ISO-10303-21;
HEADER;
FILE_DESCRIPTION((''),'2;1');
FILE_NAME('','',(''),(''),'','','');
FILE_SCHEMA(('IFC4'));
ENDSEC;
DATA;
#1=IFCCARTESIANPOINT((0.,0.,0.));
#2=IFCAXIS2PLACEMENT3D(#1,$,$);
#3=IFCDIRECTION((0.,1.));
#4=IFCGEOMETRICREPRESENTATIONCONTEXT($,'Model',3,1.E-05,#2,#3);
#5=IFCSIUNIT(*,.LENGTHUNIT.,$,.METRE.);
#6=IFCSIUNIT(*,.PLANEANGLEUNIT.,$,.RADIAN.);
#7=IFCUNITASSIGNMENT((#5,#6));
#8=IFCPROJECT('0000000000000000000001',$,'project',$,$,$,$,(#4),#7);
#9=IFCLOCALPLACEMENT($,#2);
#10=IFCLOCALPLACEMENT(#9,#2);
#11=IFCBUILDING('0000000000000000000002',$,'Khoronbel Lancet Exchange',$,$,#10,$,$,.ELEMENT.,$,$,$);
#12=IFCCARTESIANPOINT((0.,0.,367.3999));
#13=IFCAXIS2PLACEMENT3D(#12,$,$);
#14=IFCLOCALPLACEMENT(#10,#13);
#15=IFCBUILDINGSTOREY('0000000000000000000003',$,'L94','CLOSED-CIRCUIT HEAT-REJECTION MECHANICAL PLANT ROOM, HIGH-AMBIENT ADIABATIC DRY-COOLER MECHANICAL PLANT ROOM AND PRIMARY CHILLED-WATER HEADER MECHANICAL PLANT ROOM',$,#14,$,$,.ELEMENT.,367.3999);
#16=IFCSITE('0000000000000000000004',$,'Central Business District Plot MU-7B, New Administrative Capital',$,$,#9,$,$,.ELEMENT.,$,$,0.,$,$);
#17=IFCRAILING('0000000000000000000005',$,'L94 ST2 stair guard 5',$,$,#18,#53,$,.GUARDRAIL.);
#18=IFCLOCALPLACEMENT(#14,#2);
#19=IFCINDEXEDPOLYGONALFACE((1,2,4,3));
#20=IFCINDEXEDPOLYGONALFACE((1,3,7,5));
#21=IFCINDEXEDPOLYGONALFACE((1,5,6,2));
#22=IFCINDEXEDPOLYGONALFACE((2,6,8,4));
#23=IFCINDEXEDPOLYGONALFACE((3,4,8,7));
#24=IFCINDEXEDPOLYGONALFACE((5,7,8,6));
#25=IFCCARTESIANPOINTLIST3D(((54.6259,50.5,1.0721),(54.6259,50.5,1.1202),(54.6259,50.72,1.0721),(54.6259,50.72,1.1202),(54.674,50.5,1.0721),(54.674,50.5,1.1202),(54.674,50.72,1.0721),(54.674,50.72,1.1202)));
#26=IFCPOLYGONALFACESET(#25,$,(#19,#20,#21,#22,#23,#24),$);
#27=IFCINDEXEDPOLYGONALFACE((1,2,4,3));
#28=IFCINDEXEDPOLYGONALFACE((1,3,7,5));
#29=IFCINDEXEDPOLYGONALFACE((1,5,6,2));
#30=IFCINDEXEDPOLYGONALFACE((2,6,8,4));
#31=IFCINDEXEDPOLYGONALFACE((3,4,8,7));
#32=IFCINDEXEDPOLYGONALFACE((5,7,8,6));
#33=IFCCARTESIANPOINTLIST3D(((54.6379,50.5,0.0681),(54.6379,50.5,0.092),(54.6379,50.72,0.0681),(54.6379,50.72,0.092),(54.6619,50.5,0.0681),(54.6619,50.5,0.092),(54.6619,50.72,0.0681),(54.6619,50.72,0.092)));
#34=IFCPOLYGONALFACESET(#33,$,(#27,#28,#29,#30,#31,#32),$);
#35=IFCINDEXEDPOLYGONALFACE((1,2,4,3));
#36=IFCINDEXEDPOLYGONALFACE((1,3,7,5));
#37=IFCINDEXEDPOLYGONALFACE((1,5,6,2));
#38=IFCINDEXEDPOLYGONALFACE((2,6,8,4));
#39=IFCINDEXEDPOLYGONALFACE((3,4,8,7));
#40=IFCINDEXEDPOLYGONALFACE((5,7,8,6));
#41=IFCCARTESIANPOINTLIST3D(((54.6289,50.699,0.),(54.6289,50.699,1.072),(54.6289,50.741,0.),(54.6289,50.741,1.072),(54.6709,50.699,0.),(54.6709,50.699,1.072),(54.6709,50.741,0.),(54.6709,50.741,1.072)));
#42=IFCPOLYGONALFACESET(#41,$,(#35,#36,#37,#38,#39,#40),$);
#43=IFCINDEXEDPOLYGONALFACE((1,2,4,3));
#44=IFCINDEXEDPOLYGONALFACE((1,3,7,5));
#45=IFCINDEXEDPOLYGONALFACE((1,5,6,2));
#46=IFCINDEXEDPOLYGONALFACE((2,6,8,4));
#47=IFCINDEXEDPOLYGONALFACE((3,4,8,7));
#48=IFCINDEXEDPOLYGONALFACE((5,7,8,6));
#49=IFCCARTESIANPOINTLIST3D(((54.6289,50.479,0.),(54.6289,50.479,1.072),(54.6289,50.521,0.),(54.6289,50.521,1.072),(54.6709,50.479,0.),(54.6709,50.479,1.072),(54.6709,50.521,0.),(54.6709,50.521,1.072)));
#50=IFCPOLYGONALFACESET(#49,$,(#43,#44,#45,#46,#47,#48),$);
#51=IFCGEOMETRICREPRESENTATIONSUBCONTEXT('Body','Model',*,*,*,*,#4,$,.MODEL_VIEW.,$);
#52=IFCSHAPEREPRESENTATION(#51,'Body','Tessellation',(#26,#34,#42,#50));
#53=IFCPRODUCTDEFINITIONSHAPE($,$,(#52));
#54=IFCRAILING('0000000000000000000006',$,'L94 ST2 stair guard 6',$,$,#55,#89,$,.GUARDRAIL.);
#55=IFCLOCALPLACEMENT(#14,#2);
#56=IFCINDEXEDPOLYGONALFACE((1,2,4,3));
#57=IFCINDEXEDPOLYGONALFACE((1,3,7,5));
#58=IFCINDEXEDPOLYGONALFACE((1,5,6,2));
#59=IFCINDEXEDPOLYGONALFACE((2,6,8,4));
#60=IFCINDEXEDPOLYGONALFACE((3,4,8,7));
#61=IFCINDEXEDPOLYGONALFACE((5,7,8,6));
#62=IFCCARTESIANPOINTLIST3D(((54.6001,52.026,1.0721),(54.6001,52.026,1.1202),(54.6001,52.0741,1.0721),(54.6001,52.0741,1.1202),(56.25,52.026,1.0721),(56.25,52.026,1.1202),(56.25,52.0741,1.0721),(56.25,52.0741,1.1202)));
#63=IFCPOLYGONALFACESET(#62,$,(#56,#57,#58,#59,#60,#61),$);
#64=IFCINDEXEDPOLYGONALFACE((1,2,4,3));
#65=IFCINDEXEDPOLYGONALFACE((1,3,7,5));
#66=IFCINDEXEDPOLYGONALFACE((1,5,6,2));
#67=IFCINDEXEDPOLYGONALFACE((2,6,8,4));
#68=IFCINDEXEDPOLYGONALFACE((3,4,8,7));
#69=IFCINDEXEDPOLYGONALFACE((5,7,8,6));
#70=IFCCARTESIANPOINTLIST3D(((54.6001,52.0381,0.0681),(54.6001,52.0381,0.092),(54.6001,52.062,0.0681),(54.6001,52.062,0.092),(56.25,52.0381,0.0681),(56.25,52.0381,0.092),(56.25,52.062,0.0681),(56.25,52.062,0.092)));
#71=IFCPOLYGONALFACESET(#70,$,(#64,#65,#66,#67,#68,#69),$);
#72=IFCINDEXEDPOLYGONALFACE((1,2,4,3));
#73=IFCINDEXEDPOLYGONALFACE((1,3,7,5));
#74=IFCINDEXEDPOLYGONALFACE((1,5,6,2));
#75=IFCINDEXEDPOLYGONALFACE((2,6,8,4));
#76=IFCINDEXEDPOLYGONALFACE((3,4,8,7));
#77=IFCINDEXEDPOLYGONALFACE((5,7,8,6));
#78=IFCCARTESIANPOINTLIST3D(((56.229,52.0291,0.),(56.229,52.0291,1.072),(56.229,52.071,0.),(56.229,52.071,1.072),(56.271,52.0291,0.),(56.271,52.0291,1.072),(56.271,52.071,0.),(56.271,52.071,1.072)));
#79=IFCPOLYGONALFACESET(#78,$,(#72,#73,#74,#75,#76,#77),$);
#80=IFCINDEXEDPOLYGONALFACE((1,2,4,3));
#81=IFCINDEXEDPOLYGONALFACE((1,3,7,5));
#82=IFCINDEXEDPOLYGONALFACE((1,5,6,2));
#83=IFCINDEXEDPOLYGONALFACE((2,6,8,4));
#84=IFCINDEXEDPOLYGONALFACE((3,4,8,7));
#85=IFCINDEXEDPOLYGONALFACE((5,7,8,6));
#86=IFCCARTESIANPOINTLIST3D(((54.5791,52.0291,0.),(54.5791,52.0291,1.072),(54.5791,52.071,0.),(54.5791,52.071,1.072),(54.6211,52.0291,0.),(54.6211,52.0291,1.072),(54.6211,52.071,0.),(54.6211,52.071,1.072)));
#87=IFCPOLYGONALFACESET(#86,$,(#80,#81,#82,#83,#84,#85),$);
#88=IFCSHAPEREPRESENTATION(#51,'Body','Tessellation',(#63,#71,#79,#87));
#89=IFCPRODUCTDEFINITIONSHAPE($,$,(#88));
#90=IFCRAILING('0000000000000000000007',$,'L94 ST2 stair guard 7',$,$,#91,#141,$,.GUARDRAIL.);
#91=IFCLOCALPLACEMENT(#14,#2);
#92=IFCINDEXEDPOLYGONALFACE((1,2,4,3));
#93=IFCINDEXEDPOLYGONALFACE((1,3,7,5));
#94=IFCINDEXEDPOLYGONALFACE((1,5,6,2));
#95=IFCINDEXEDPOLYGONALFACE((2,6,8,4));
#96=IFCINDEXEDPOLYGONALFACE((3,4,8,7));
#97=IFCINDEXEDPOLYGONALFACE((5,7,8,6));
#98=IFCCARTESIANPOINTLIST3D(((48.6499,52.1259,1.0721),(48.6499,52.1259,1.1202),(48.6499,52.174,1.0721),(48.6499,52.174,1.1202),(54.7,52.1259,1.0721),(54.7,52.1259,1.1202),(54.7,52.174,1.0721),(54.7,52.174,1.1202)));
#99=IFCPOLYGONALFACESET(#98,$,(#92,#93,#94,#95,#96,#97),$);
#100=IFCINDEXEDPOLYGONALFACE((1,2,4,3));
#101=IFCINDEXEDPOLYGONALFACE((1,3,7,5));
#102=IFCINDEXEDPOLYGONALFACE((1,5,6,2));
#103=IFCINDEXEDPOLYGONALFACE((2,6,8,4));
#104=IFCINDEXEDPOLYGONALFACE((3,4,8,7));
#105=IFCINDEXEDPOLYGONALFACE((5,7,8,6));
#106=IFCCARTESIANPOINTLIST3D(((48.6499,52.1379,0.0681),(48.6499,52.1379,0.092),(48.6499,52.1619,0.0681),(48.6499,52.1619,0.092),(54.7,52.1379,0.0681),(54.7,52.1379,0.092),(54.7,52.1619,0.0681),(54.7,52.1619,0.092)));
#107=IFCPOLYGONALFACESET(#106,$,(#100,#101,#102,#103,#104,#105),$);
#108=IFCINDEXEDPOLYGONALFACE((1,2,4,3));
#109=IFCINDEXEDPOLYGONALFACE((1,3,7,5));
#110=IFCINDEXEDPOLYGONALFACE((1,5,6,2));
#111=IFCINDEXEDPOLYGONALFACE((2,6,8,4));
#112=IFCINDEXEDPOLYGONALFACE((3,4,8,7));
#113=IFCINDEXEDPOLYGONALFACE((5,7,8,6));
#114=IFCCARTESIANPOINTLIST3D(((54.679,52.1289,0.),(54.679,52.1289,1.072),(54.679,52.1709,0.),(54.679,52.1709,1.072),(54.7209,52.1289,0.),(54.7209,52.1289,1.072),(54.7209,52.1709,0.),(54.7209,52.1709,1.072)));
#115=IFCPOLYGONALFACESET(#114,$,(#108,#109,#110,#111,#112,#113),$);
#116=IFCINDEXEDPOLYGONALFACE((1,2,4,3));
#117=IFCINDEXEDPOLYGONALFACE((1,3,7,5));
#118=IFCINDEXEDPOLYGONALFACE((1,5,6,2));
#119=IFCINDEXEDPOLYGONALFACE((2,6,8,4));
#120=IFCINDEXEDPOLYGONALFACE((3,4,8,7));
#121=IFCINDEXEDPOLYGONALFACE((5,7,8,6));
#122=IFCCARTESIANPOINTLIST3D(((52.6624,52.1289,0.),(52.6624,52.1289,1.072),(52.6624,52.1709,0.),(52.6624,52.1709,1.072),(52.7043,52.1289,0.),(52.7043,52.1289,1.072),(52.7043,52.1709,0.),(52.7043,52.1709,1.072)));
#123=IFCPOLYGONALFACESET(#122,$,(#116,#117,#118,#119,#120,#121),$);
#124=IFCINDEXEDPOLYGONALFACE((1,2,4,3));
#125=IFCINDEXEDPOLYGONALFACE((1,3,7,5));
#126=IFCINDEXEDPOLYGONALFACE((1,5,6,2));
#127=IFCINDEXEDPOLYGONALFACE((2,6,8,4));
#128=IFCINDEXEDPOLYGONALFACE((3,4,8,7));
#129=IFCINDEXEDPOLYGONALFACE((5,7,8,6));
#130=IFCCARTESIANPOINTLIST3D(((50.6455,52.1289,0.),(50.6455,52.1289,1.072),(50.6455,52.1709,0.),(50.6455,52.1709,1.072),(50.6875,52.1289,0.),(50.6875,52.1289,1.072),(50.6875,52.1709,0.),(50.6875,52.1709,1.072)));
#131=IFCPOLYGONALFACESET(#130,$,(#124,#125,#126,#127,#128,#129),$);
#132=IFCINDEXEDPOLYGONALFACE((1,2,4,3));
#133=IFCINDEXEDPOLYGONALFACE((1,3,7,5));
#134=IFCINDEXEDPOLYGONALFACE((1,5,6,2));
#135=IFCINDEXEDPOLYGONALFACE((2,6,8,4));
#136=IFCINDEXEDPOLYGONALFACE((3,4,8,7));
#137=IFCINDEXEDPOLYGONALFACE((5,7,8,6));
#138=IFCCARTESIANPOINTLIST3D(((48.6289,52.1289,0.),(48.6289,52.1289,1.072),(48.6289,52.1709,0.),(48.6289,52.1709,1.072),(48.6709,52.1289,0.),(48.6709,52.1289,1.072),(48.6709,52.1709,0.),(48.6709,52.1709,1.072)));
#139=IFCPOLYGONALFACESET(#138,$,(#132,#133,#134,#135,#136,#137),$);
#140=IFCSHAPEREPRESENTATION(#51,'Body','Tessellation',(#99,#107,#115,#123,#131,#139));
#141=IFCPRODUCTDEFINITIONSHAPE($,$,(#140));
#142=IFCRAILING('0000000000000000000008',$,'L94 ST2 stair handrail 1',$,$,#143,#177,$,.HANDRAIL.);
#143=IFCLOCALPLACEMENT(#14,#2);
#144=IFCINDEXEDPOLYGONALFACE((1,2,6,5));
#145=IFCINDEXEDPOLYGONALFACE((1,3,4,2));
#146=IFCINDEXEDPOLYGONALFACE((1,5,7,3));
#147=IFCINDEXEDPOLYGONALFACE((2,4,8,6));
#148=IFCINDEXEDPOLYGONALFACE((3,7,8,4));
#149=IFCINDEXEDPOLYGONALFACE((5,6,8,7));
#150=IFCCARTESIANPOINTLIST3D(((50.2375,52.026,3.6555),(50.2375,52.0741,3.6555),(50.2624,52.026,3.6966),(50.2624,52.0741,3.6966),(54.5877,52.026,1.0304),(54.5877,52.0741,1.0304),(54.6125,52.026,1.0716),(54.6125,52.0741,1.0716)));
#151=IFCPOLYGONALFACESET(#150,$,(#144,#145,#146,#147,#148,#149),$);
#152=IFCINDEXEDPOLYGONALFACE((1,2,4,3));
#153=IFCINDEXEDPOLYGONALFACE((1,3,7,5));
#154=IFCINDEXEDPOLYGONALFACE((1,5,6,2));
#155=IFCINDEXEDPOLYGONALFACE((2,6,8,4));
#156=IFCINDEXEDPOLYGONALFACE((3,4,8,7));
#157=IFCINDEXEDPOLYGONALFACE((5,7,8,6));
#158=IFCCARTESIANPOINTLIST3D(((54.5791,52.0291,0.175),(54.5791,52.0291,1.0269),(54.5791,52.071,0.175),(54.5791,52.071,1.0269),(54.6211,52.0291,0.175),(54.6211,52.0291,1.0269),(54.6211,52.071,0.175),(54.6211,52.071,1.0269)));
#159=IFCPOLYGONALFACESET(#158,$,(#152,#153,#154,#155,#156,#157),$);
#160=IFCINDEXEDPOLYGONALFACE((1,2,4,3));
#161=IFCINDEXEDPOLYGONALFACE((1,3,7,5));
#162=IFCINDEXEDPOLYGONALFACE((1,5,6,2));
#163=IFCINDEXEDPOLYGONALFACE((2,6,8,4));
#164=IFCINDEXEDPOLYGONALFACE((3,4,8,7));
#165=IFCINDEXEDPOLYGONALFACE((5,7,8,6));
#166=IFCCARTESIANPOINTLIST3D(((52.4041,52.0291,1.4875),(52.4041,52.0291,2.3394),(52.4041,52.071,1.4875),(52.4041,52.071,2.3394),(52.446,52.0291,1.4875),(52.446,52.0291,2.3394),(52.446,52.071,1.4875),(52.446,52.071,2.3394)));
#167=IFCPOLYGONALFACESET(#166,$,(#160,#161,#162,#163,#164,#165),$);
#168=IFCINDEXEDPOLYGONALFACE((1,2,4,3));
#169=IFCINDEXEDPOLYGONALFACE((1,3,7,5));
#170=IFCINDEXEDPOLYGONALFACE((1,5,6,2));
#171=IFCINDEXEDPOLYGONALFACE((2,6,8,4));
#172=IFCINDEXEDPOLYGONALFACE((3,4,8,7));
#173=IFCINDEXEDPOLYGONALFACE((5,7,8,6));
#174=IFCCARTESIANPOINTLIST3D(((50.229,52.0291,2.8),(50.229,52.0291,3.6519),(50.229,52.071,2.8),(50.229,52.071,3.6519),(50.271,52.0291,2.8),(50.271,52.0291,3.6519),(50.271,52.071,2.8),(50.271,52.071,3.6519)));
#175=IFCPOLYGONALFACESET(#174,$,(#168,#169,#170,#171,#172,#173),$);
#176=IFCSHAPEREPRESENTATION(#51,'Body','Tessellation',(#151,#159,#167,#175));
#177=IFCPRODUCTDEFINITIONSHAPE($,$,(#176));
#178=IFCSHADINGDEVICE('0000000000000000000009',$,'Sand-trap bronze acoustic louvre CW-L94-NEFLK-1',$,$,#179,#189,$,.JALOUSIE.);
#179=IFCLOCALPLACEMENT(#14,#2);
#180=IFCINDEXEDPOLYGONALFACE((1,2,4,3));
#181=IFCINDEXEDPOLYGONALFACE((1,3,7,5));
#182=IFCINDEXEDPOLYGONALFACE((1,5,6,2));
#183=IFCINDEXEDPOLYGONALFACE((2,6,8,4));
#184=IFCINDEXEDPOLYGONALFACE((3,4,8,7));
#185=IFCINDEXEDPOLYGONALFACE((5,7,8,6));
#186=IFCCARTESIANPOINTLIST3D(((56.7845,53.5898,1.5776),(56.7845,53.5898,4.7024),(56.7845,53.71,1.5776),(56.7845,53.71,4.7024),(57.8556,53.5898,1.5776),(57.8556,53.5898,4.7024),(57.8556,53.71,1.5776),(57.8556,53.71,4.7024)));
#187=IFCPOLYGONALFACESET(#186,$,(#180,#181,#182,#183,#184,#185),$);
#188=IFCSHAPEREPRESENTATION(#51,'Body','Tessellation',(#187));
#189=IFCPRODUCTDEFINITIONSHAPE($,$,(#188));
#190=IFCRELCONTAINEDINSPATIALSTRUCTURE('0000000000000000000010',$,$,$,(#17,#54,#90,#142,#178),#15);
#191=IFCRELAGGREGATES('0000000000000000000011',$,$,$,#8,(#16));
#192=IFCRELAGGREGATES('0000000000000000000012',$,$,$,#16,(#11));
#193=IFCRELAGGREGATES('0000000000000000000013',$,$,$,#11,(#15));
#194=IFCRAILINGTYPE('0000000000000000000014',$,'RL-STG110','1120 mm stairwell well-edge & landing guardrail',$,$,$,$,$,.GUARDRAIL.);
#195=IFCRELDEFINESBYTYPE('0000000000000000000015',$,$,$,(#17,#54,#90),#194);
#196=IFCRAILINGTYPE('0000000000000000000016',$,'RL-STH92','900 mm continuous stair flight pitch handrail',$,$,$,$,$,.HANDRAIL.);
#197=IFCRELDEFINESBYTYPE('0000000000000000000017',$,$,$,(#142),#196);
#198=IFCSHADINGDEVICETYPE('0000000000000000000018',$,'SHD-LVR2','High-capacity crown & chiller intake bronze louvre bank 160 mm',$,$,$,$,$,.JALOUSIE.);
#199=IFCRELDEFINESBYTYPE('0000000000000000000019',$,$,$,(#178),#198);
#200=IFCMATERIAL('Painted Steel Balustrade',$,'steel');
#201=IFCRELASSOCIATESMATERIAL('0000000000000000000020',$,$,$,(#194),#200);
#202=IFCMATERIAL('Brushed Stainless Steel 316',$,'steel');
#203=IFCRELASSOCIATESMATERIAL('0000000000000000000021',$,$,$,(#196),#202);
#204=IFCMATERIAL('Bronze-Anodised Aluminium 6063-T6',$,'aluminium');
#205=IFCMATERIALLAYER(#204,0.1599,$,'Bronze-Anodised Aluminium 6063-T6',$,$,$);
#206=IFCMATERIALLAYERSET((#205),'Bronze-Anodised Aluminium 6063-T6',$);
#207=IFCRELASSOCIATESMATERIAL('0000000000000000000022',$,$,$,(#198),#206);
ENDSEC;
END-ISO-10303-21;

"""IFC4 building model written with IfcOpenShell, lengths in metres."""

from ifc_helpers import new_model, si_unit, direction, frame, origin, origin_2d, place, context, subcontext, project, spatial, rectangle, extrude, material, layer, layer_set, type_object, element, save


model = new_model("IFC4")

# Units and contexts
model_context = context("Model", 3, precision=1e-05, world=origin(), true_north=direction((0.0, 1.0)))
body_context = subcontext(model_context, "Body", "Model", "MODEL_VIEW")
ifc_project = project(units=[si_unit("LENGTHUNIT", "METRE"), si_unit("PLANEANGLEUNIT", "RADIAN")], contexts=[model_context])

# Site, building, storey
site_placement = place(None, origin())
site = spatial("IfcSite", under=ifc_project, at=site_placement, Name="Central Business District Plot MU-7B, New Administrative Capital", CompositionType="ELEMENT", RefElevation=0.0)
building_placement = place(site_placement, origin())
building = spatial("IfcBuilding", under=site, at=building_placement, Name="Khoronbel Lancet Exchange", CompositionType="ELEMENT")
storey_placement = place(building_placement, frame((0.0, 0.0, 367.3999)))
storey = spatial("IfcBuildingStorey", under=building, at=storey_placement, Name="L94", Description="CLOSED-CIRCUIT HEAT-REJECTION MECHANICAL PLANT ROOM, HIGH-AMBIENT ADIABATIC DRY-COOLER MECHANICAL PLANT ROOM AND PRIMARY CHILLED-WATER HEADER MECHANICAL PLANT ROOM", CompositionType="ELEMENT", Elevation=367.3999)

# Shared definitions
ifc_material_1 = material(Name="Bronze-Anodised Aluminium 6063-T6", Category="aluminium")

# Railings
ifc_material_2 = material(Name="Painted Steel Balustrade", Category="steel")
railing_type_1 = type_object("IfcRailingType", Name="RL-STG110", Description="1120 mm stairwell well-edge & landing guardrail", PredefinedType="GUARDRAIL", material=ifc_material_2)
railing_1_placement = place(storey_placement, frame((54.6499, 50.72, 0.0)))
element("IfcRailing", 1, at=railing_1_placement, inside=storey, type_object=railing_type_1, Name="L94 ST2 stair guard 5", PredefinedType="GUARDRAIL", context=body_context, shape_type="SweptSolid", body=[
    extrude(rectangle(XDim=0.0481, YDim=0.0481, at=origin_2d()), frame((0.0, 0.0, 1.0962), z_axis=(0.0, -1.0, 0.0), x_axis=(1.0, 0.0, 0.0)), (0.0, 0.0, 1.0), 0.22),
    extrude(rectangle(XDim=0.0239, YDim=0.0239, at=origin_2d()), frame((0.0, 0.0, 0.0801), z_axis=(0.0, -1.0, 0.0), x_axis=(1.0, 0.0, 0.0)), (0.0, 0.0, 1.0), 0.22),
    extrude(rectangle(XDim=0.042, YDim=0.042, at=origin_2d()), origin(), (0.0, 0.0, 1.0), 1.072),
    extrude(rectangle(XDim=0.042, YDim=0.042, at=origin_2d()), frame((0.0, -0.22, 0.0)), (0.0, 0.0, 1.0), 1.072),
])
railing_2_placement = place(storey_placement, frame((56.25, 52.05, 0.0)))
element("IfcRailing", 2, at=railing_2_placement, inside=storey, type_object=railing_type_1, Name="L94 ST2 stair guard 6", PredefinedType="GUARDRAIL", context=body_context, shape_type="SweptSolid", body=[
    extrude(rectangle(XDim=0.0481, YDim=0.0481, at=origin_2d()), frame((0.0, 0.0, 1.0962), z_axis=(-1.0, 0.0, 0.0), x_axis=(0.0, -1.0, 0.0)), (0.0, 0.0, 1.0), 1.6499),
    extrude(rectangle(XDim=0.0239, YDim=0.0239, at=origin_2d()), frame((0.0, 0.0, 0.0801), z_axis=(-1.0, 0.0, 0.0), x_axis=(0.0, -1.0, 0.0)), (0.0, 0.0, 1.0), 1.6499),
    extrude(rectangle(XDim=0.042, YDim=0.042, at=origin_2d()), origin(), (0.0, 0.0, 1.0), 1.072),
    extrude(rectangle(XDim=0.042, YDim=0.042, at=origin_2d()), frame((-1.6499, 0.0, 0.0)), (0.0, 0.0, 1.0), 1.072),
])
railing_3_placement = place(storey_placement, frame((54.7, 52.1499, 0.0)))
element("IfcRailing", 3, at=railing_3_placement, inside=storey, type_object=railing_type_1, Name="L94 ST2 stair guard 7", PredefinedType="GUARDRAIL", context=body_context, shape_type="SweptSolid", body=[
    extrude(rectangle(XDim=0.0481, YDim=0.0481, at=origin_2d()), frame((0.0, 0.0, 1.0962), z_axis=(-1.0, 0.0, 0.0), x_axis=(0.0, -1.0, 0.0)), (0.0, 0.0, 1.0), 6.05),
    extrude(rectangle(XDim=0.0239, YDim=0.0239, at=origin_2d()), frame((0.0, 0.0, 0.0801), z_axis=(-1.0, 0.0, 0.0), x_axis=(0.0, -1.0, 0.0)), (0.0, 0.0, 1.0), 6.05),
    extrude(rectangle(XDim=0.042, YDim=0.042, at=origin_2d()), origin(), (0.0, 0.0, 1.0), 1.072),
    extrude(rectangle(XDim=0.042, YDim=0.042, at=origin_2d()), frame((-2.0166, 0.0, 0.0)), (0.0, 0.0, 1.0), 1.072),
    extrude(rectangle(XDim=0.042, YDim=0.042, at=origin_2d()), frame((-4.0334, 0.0, 0.0)), (0.0, 0.0, 1.0), 1.072),
    extrude(rectangle(XDim=0.042, YDim=0.042, at=origin_2d()), frame((-6.05, 0.0, 0.0)), (0.0, 0.0, 1.0), 1.072),
])
ifc_material_3 = material(Name="Brushed Stainless Steel 316", Category="steel")
railing_type_2 = type_object("IfcRailingType", Name="RL-STH92", Description="900 mm continuous stair flight pitch handrail", PredefinedType="HANDRAIL", material=ifc_material_3)
railing_4_placement = place(storey_placement, frame((54.6001, 52.05, 0.175)))
element("IfcRailing", 4, at=railing_4_placement, inside=storey, type_object=railing_type_2, Name="L94 ST2 stair handrail 1", PredefinedType="HANDRAIL", context=body_context, shape_type="SweptSolid", body=[
    extrude(rectangle(XDim=0.0481, YDim=0.0481, at=origin_2d()), frame((0.0, 0.0, 0.876), z_axis=(-0.856193, 0.0, 0.516656), x_axis=(0.0, -1.0, 0.0)), (0.0, 0.0, 1.0), 5.0808),
    extrude(rectangle(XDim=0.042, YDim=0.042, at=origin_2d()), origin(), (0.0, 0.0, 1.0), 0.8518),
    extrude(rectangle(XDim=0.042, YDim=0.042, at=origin_2d()), frame((-2.175, 0.0, 1.3125)), (0.0, 0.0, 1.0), 0.8518),
    extrude(rectangle(XDim=0.042, YDim=0.042, at=origin_2d()), frame((-4.3501, 0.0, 2.625)), (0.0, 0.0, 1.0), 0.8518),
])

# Shading device
ifc_layer_1 = layer(ifc_material_1, 0.1599, Name="Bronze-Anodised Aluminium 6063-T6")
ifc_layer_set_1 = layer_set([ifc_layer_1], Name="Bronze-Anodised Aluminium 6063-T6")
shading_device_type = type_object("IfcShadingDeviceType", Name="SHD-LVR2", Description="High-capacity crown & chiller intake bronze louvre bank 160 mm", PredefinedType="JALOUSIE", material=ifc_layer_set_1)
shading_device_placement = place(storey_placement, frame((57.3201, 53.6499, 1.5776), z_axis=(0.0, 0.0, 1.0), x_axis=(-1.0, 0.0, 0.0)))
element("IfcShadingDevice", 5, at=shading_device_placement, inside=storey, type_object=shading_device_type, Name="Sand-trap bronze acoustic louvre CW-L94-NEFLK-1", PredefinedType="JALOUSIE", context=body_context, shape_type="SweptSolid", body=[
    extrude(rectangle(XDim=1.071, YDim=0.1201, at=origin_2d()), origin(), (0.0, 0.0, 1.0), 3.1248),
])

save(model, "model.ifc")
